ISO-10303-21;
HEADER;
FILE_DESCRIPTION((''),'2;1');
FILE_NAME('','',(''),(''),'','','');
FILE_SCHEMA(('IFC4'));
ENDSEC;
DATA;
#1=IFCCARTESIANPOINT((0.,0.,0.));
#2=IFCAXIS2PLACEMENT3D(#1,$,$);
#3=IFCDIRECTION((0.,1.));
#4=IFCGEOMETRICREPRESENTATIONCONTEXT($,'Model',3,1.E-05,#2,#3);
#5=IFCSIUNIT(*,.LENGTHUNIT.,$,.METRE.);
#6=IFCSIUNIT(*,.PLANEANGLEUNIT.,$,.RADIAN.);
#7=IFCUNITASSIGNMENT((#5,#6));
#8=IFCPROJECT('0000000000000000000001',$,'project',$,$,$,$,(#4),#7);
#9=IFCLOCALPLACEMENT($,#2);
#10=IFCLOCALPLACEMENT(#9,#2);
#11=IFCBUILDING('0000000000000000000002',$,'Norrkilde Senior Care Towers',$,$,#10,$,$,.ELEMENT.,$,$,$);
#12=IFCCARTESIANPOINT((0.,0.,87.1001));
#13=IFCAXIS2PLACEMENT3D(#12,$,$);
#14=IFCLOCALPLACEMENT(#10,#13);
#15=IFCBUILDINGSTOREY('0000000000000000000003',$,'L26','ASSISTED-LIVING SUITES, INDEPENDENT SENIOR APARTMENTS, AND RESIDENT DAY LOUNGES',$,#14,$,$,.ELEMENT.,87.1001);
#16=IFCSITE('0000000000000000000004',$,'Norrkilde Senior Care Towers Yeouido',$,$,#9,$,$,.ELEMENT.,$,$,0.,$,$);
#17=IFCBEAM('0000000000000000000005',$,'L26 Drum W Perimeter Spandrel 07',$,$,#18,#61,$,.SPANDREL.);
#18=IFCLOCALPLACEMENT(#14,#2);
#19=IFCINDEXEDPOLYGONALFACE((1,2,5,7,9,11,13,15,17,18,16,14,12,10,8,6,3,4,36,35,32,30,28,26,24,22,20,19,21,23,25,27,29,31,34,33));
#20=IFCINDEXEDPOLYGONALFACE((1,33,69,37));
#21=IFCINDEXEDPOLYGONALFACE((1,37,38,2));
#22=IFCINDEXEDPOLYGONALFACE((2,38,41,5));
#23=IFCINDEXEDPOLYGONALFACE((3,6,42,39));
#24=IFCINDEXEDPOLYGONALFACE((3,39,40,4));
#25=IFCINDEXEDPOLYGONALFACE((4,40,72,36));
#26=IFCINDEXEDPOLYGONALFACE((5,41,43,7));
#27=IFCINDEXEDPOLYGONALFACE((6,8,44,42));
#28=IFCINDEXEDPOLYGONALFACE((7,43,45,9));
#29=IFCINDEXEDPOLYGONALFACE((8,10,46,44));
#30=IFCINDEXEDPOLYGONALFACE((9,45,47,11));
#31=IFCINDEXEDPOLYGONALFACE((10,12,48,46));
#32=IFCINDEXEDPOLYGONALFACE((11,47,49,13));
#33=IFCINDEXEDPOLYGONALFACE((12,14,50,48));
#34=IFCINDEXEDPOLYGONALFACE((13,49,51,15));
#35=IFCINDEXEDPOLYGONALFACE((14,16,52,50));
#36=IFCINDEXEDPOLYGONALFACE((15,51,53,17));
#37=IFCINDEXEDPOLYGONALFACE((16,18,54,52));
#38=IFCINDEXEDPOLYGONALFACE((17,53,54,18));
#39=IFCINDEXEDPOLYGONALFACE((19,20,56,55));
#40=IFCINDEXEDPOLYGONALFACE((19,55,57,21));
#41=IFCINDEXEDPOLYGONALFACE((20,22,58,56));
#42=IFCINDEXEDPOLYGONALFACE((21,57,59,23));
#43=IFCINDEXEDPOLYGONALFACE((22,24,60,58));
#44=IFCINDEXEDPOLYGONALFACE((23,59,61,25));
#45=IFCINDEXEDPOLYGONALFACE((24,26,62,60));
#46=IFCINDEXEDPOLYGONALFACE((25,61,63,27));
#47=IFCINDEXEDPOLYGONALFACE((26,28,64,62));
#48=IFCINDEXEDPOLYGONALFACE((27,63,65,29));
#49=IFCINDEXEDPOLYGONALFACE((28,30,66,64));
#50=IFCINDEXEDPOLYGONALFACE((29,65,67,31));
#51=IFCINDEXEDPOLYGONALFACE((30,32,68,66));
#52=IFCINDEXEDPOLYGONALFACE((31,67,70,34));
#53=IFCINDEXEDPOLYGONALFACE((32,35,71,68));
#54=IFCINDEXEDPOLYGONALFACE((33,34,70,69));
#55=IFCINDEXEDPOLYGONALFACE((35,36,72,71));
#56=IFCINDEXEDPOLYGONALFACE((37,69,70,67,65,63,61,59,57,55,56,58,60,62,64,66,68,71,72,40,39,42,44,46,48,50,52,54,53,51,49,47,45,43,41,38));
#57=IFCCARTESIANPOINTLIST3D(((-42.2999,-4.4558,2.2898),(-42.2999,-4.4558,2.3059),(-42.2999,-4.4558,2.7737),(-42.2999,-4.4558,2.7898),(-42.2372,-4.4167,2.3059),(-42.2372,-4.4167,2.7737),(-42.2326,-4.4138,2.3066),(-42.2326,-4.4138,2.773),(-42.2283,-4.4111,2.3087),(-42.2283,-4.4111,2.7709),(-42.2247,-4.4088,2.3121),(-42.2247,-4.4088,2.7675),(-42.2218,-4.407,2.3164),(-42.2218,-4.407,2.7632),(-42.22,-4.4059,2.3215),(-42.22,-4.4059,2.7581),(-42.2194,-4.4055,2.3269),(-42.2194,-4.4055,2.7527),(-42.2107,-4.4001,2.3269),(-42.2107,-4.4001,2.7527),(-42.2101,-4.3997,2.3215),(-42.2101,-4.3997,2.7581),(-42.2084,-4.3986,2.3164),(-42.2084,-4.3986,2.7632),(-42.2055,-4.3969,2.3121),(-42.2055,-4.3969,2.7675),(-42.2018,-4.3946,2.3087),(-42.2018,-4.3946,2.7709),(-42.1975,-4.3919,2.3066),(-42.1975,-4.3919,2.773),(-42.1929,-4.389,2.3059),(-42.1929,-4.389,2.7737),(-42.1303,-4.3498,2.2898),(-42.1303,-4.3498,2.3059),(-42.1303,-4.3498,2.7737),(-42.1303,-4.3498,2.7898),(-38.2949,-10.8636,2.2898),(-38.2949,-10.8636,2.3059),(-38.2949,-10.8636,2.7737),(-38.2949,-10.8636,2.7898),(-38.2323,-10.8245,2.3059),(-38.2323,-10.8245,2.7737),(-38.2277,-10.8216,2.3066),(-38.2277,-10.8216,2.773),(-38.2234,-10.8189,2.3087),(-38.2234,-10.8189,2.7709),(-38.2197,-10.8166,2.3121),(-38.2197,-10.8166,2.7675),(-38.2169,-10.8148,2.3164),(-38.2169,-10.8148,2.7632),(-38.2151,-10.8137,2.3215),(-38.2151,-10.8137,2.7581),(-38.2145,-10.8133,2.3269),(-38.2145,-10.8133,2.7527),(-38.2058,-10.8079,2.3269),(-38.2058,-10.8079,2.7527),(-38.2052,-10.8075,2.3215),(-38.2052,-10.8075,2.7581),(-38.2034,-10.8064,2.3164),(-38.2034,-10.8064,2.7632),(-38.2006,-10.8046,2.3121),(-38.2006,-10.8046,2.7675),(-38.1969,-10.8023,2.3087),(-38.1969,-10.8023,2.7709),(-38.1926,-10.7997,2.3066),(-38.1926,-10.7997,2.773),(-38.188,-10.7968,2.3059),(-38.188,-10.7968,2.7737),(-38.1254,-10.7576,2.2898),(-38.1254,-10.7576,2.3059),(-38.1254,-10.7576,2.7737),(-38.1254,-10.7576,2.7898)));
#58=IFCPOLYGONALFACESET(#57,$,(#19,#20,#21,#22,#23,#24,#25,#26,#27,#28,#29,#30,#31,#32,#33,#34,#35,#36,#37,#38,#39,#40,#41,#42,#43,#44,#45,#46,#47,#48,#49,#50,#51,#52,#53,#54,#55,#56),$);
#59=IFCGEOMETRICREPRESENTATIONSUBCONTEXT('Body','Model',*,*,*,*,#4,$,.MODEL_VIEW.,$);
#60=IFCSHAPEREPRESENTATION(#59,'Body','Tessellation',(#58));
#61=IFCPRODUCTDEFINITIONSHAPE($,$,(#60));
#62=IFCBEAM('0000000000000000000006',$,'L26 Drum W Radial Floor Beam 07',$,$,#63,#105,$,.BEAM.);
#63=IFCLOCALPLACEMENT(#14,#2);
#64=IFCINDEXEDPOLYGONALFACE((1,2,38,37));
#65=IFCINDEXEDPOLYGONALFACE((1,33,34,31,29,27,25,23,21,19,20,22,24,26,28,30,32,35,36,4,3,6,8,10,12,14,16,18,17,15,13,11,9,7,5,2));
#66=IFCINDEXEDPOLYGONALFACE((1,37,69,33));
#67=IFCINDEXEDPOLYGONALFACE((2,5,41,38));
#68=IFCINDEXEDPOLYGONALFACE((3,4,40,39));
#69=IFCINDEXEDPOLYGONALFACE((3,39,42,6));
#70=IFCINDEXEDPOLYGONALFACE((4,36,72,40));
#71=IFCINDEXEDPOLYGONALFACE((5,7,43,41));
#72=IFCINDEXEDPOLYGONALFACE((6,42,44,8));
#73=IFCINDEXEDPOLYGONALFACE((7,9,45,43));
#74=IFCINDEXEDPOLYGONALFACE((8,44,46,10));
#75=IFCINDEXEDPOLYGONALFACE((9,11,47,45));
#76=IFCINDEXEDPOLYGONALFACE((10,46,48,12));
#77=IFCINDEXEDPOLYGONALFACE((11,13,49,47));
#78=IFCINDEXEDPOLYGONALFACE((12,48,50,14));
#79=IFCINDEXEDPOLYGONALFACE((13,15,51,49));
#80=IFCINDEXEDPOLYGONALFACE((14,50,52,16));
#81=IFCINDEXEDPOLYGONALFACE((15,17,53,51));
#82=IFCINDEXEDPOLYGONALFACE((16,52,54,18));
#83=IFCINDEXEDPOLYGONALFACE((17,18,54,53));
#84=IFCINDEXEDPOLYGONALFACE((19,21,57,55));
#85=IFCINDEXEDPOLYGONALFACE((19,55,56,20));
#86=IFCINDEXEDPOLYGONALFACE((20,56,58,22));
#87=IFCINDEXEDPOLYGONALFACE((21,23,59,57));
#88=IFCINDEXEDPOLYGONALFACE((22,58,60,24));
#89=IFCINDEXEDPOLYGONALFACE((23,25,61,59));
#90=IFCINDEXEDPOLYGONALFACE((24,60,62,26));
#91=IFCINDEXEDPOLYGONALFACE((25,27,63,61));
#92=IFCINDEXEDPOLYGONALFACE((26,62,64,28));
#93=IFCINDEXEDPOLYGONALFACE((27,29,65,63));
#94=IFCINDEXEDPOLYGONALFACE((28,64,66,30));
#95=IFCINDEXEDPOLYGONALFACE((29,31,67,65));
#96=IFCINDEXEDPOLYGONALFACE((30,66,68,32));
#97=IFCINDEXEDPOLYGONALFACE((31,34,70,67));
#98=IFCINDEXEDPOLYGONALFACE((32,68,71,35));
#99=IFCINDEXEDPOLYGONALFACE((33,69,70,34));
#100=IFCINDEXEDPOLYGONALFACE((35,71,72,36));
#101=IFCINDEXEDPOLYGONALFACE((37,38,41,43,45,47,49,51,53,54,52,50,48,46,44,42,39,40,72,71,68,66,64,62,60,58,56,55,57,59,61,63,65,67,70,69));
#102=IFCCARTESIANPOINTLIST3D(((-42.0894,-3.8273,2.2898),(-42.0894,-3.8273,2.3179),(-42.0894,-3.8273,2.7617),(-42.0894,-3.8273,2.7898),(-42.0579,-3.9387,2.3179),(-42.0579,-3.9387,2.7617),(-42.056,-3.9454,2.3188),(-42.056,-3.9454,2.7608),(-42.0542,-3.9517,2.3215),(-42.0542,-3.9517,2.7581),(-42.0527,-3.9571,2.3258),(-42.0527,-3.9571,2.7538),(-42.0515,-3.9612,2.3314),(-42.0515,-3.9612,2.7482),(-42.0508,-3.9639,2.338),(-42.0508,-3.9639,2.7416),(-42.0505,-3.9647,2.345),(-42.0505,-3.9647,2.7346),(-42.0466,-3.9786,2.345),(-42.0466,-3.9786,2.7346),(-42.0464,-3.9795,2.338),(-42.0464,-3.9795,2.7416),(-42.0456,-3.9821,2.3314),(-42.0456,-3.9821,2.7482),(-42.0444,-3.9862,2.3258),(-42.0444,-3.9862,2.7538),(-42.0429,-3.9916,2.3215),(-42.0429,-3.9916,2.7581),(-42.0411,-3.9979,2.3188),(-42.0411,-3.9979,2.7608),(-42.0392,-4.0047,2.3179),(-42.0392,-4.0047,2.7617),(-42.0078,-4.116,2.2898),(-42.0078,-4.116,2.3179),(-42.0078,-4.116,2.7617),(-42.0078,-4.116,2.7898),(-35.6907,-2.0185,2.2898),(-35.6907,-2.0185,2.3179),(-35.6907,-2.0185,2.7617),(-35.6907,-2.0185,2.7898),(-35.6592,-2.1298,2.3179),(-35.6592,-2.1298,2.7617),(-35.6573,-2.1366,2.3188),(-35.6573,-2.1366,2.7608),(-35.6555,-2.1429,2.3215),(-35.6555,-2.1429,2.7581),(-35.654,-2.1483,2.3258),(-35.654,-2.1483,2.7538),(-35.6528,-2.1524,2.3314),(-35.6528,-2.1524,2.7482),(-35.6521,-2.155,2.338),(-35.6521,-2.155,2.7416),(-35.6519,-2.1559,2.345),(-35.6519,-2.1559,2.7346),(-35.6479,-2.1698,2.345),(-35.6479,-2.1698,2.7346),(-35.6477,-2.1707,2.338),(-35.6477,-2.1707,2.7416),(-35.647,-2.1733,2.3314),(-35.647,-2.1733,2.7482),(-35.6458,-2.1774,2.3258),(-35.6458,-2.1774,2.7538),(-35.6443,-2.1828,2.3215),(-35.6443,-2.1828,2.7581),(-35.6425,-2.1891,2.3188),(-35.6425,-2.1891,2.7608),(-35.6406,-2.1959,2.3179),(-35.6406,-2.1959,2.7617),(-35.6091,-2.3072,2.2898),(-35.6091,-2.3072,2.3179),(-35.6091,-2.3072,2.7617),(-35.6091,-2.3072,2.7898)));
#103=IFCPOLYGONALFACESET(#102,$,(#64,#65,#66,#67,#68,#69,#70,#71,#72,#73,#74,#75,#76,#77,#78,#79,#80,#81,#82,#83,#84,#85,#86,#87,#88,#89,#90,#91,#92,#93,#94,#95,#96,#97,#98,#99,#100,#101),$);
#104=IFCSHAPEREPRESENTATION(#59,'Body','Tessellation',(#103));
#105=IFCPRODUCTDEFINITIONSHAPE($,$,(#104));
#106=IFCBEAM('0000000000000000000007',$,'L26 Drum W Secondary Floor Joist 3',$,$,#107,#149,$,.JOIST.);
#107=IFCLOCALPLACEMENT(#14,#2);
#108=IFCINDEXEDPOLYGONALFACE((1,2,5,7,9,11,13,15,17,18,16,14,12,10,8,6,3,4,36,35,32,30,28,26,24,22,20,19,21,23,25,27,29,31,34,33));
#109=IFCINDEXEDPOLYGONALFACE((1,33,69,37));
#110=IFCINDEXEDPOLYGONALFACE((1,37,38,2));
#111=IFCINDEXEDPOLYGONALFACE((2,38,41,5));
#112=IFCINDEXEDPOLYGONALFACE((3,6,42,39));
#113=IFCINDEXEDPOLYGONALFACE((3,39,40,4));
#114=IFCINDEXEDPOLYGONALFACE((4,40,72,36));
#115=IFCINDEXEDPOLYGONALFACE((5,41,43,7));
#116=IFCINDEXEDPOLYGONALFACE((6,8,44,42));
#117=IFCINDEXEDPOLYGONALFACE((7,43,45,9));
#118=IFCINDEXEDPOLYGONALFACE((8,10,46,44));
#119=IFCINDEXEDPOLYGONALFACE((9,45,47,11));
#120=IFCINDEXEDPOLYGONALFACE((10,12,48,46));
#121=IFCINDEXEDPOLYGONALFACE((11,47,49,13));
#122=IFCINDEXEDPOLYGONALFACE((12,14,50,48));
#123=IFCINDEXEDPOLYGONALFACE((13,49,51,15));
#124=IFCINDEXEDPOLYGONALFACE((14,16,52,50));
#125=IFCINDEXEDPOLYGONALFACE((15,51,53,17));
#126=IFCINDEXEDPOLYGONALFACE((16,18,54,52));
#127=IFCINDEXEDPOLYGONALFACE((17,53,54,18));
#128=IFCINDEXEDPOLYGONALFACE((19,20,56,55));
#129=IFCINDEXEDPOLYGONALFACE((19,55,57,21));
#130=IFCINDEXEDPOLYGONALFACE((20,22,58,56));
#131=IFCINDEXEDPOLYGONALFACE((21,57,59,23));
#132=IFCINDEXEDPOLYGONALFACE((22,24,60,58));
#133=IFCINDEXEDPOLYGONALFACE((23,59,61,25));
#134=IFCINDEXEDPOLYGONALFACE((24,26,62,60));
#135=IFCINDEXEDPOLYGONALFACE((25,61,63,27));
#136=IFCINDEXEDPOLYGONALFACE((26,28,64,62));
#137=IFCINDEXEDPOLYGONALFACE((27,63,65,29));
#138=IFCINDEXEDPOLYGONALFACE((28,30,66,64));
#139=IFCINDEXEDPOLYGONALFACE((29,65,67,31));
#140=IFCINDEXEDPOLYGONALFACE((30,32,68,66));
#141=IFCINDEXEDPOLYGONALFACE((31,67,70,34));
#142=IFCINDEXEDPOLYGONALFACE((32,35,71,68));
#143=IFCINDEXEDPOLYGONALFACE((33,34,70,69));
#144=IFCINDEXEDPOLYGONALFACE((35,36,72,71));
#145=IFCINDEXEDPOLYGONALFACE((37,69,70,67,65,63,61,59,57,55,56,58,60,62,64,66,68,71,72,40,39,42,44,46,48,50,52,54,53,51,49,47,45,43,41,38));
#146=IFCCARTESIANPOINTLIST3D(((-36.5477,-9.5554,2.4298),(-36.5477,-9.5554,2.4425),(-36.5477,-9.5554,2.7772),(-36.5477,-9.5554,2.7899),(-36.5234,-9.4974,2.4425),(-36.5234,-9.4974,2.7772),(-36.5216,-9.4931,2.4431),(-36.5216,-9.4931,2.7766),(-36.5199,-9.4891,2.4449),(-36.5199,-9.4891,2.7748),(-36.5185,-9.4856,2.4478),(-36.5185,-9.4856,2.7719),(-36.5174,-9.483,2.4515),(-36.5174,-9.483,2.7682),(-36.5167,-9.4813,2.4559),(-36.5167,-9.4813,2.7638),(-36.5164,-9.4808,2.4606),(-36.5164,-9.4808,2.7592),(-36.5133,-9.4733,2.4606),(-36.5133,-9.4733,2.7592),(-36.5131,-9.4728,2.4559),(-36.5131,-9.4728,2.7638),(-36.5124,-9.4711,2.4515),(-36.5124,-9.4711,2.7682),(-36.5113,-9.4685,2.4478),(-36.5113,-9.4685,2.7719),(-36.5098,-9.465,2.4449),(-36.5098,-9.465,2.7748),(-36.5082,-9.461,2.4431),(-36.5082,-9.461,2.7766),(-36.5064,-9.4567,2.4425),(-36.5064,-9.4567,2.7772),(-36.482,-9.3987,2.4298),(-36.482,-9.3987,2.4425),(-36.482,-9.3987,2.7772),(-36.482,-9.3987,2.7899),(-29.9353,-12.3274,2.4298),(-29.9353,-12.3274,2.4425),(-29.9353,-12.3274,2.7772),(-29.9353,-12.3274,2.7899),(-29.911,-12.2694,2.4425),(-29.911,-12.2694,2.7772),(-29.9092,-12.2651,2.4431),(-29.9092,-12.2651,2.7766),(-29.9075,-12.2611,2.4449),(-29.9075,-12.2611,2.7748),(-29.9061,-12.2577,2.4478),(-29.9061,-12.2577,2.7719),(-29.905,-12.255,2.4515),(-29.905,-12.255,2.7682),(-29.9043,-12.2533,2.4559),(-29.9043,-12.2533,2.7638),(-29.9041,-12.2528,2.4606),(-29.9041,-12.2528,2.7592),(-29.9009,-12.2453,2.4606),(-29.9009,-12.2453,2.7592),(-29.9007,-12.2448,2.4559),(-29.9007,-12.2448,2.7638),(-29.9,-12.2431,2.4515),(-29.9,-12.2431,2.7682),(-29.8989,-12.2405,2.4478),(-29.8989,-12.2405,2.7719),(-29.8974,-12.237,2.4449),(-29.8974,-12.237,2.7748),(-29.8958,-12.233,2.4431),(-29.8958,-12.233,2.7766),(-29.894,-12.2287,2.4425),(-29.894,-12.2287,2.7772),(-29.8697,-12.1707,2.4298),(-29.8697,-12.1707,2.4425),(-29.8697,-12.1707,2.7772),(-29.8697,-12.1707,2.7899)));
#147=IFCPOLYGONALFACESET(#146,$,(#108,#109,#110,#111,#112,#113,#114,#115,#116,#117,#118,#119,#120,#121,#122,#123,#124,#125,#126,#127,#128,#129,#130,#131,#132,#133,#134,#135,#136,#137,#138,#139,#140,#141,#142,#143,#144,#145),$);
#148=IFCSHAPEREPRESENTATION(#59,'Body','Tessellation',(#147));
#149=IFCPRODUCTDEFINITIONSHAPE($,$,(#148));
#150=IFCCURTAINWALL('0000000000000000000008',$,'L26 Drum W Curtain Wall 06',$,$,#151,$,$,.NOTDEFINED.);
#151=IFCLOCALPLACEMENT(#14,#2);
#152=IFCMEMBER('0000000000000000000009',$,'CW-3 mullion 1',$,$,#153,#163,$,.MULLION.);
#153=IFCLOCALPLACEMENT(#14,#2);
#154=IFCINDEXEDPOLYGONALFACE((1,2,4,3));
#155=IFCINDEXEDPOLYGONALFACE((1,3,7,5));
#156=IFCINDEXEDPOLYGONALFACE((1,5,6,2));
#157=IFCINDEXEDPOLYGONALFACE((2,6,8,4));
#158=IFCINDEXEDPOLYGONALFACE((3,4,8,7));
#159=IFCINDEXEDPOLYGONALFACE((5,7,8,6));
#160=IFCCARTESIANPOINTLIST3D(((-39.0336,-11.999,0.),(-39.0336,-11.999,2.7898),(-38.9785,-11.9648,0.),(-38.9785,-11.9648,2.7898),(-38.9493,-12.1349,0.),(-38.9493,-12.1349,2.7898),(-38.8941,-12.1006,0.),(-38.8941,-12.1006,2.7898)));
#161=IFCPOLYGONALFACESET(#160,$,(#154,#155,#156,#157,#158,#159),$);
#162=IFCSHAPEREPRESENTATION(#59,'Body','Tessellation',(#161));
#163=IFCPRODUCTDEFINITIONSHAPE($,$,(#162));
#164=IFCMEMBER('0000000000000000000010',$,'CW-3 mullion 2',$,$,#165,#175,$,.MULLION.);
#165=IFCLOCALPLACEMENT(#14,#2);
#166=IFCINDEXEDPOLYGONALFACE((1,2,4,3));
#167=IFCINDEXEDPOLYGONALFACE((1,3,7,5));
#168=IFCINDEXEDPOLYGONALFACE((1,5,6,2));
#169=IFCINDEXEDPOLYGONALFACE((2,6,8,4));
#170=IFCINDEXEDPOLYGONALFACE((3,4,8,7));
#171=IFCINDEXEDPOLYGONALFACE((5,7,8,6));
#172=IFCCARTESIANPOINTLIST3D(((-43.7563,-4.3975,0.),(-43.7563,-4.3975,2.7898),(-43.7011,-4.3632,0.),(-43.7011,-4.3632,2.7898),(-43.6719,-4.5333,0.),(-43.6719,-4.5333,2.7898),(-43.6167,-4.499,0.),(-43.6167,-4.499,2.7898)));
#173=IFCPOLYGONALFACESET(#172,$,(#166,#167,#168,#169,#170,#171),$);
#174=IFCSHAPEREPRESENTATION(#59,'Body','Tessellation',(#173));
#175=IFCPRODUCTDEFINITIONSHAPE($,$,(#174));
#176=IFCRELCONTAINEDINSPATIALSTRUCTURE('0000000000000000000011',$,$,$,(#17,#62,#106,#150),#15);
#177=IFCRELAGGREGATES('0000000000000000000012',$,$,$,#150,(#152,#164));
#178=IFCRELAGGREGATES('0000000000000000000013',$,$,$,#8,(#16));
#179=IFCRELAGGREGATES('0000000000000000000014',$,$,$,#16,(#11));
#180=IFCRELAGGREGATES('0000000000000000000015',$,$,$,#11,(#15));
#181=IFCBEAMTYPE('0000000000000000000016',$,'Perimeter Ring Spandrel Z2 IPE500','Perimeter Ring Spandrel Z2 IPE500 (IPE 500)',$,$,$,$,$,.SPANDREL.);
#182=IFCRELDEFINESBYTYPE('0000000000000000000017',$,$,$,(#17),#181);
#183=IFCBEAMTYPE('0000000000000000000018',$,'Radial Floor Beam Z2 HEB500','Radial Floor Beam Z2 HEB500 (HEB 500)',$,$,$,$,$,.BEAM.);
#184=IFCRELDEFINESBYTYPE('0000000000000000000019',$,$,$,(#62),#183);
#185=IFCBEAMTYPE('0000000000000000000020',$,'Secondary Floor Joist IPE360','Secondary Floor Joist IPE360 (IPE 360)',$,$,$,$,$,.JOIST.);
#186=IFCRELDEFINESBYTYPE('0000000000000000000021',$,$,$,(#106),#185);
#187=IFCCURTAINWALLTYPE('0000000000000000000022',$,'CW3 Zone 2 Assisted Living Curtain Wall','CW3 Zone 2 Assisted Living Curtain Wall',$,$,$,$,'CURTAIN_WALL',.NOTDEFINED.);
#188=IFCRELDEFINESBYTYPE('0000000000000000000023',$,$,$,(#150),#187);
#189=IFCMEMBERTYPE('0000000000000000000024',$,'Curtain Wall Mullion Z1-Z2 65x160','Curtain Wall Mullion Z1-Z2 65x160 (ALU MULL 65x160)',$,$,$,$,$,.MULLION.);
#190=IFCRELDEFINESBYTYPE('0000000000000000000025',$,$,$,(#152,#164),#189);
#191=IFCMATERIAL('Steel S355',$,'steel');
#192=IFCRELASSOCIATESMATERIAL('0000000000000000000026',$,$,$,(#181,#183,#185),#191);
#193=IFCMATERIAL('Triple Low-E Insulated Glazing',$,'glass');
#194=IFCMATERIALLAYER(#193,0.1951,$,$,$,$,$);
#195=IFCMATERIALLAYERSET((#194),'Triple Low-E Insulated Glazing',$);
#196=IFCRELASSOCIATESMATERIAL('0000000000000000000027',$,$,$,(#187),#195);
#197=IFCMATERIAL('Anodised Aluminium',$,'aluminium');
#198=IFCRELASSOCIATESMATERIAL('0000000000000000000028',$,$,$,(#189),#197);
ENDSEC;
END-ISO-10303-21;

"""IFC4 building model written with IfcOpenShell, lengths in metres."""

from ifc_helpers import new_model, si_unit, direction, frame, origin, origin_2d, place, context, subcontext, project, spatial, rectangle, i_section, extrude, source, transform, mapped, material, layer, layer_set, material_profile, profile_set, type_object, type_shapes, element, aggregate, save


model = new_model("IFC4")

# Units and contexts
model_context = context("Model", 3, precision=1e-05, world=origin(), true_north=direction((0.0, 1.0)))
body_context = subcontext(model_context, "Body", "Model", "MODEL_VIEW")
ifc_project = project(units=[si_unit("LENGTHUNIT", "METRE"), si_unit("PLANEANGLEUNIT", "RADIAN")], contexts=[model_context])

# Site, building, storey
site_placement = place(None, origin())
site = spatial("IfcSite", under=ifc_project, at=site_placement, Name="Norrkilde Senior Care Towers Yeouido", CompositionType="ELEMENT", RefElevation=0.0)
building_placement = place(site_placement, origin())
building = spatial("IfcBuilding", under=site, at=building_placement, Name="Norrkilde Senior Care Towers", CompositionType="ELEMENT")
storey_placement = place(building_placement, frame((0.0, 0.0, 87.1001)))
storey = spatial("IfcBuildingStorey", under=building, at=storey_placement, Name="L26", Description="ASSISTED-LIVING SUITES, INDEPENDENT SENIOR APARTMENTS, AND RESIDENT DAY LOUNGES", CompositionType="ELEMENT", Elevation=87.1001)

# Beams
ifc_material_1 = material(Name="Steel S355", Category="steel")
ifc_material_profile_1 = material_profile(ifc_material_1, i_section(OverallWidth=0.2, OverallDepth=0.5, WebThickness=0.0103, FlangeThickness=0.0161, FilletRadius=0.021, at=origin_2d()), Name="IPE 500")
ifc_profile_set_1 = profile_set([ifc_material_profile_1], Name="Steel S355")
beam_type_1 = type_object("IfcBeamType", Name="Perimeter Ring Spandrel Z2 IPE500", Description="Perimeter Ring Spandrel Z2 IPE500 (IPE 500)", PredefinedType="SPANDREL", material=ifc_profile_set_1)
shared_shape_1 = source(origin(), body_context, "Body", "SweptSolid", [
    extrude(i_section(OverallWidth=0.2, OverallDepth=0.5, WebThickness=0.0103, FlangeThickness=0.0161, FilletRadius=0.021, at=origin_2d()), origin(), (0.0, 0.0, 1.0), 7.5564),
])
beam_1_placement = place(storey_placement, frame((-42.2151, -4.4028, 2.5398), z_axis=(0.530005, -0.847995, 0.0), x_axis=(0.847995, 0.530005, 0.0)))
element("IfcBeam", 1, at=beam_1_placement, inside=storey, type_object=beam_type_1, Name="L26 Drum W Perimeter Spandrel 07", PredefinedType="SPANDREL", context=body_context, shape_type="MappedRepresentation", body=[
    mapped(shared_shape_1, transform((0.0, 0.0, 0.0), x_axis=(1.0, 0.0, 0.0), y_axis=(0.0, 1.0, 0.0), z_axis=(0.0, 0.0, 1.0), scale=1.0)),
])
ifc_material_profile_2 = material_profile(ifc_material_1, i_section(OverallWidth=0.3, OverallDepth=0.5, WebThickness=0.0144, FlangeThickness=0.0281, FilletRadius=0.0271, at=origin_2d()), Name="HEB 500")
ifc_profile_set_2 = profile_set([ifc_material_profile_2], Name="Steel S355")
beam_type_2 = type_object("IfcBeamType", Name="Radial Floor Beam Z2 HEB500", Description="Radial Floor Beam Z2 HEB500 (HEB 500)", PredefinedType="BEAM", material=ifc_profile_set_2)
shared_shape_2 = source(origin(), body_context, "Body", "SweptSolid", [
    extrude(i_section(OverallWidth=0.3, OverallDepth=0.5, WebThickness=0.0144, FlangeThickness=0.0281, FilletRadius=0.0271, at=origin_2d()), origin(), (0.0, 0.0, 1.0), 6.6494),
])
type_shapes(beam_type_2, [shared_shape_2])
beam_2_placement = place(storey_placement, frame((-35.6499, -2.1628, 2.5398), z_axis=(-0.962289, -0.272029, 0.0), x_axis=(0.272029, -0.962289, 0.0)))
element("IfcBeam", 2, at=beam_2_placement, inside=storey, type_object=beam_type_2, Name="L26 Drum W Radial Floor Beam 07", PredefinedType="BEAM", context=body_context, shape_type="MappedRepresentation", body=[
    mapped(shared_shape_2, transform((0.0, 0.0, 0.0), x_axis=(1.0, 0.0, 0.0), y_axis=(0.0, 1.0, 0.0), z_axis=(0.0, 0.0, 1.0), scale=1.0)),
])
ifc_material_profile_3 = material_profile(ifc_material_1, i_section(OverallWidth=0.1699, OverallDepth=0.3601, WebThickness=0.0081, FlangeThickness=0.0127, FilletRadius=0.0181, at=origin_2d()), Name="IPE 360")
ifc_profile_set_3 = profile_set([ifc_material_profile_3], Name="Steel S355")
beam_type_3 = type_object("IfcBeamType", Name="Secondary Floor Joist IPE360", Description="Secondary Floor Joist IPE360 (IPE 360)", PredefinedType="JOIST", material=ifc_profile_set_3)
shared_shape_3 = source(origin(), body_context, "Body", "SweptSolid", [
    extrude(i_section(OverallWidth=0.1699, OverallDepth=0.3601, WebThickness=0.0081, FlangeThickness=0.0127, FilletRadius=0.0181, at=origin_2d()), origin(), (0.0, 0.0, 1.0), 7.1699),
])
type_shapes(beam_type_3, [shared_shape_3])
beam_3_placement = place(storey_placement, frame((-36.5149, -9.4771, 2.6099), z_axis=(0.922241, -0.386616, 0.0), x_axis=(0.386616, 0.922241, 0.0)))
element("IfcBeam", 3, at=beam_3_placement, inside=storey, type_object=beam_type_3, Name="L26 Drum W Secondary Floor Joist 3", PredefinedType="JOIST", context=body_context, shape_type="MappedRepresentation", body=[
    mapped(shared_shape_3, transform((0.0, 0.0, 0.0), x_axis=(1.0, 0.0, 0.0), y_axis=(0.0, 1.0, 0.0), z_axis=(0.0, 0.0, 1.0), scale=1.0)),
])

# Curtain wall, members
ifc_material_2 = material(Name="Triple Low-E Insulated Glazing", Category="glass")
ifc_layer_1 = layer(ifc_material_2, 0.1951)
ifc_layer_set_1 = layer_set([ifc_layer_1], Name="Triple Low-E Insulated Glazing")
curtain_wall_type = type_object("IfcCurtainWallType", Name="CW3 Zone 2 Assisted Living Curtain Wall", Description="CW3 Zone 2 Assisted Living Curtain Wall", ElementType="CURTAIN_WALL", PredefinedType="NOTDEFINED", material=ifc_layer_set_1)
curtain_wall_1_placement = place(storey_placement, origin())
curtain_wall_1 = element("IfcCurtainWall", 4, at=curtain_wall_1_placement, inside=storey, type_object=curtain_wall_type, Name="L26 Drum W Curtain Wall 06", PredefinedType="NOTDEFINED")
ifc_material_3 = material(Name="Anodised Aluminium", Category="aluminium")
ifc_material_profile_4 = material_profile(ifc_material_3, rectangle(XDim=0.0649, YDim=0.1599, at=origin_2d()), Name="ALU MULL 65x160")
ifc_profile_set_4 = profile_set([ifc_material_profile_4], Name="Anodised Aluminium")
member_type_1 = type_object("IfcMemberType", Name="Curtain Wall Mullion Z1-Z2 65x160", Description="Curtain Wall Mullion Z1-Z2 65x160 (ALU MULL 65x160)", PredefinedType="MULLION", material=ifc_profile_set_4)
shared_shape_4 = source(origin(), body_context, "Body", "SweptSolid", [
    extrude(rectangle(XDim=0.0649, YDim=0.1599, at=origin_2d()), origin(), (0.0, 0.0, 1.0), 2.7898),
])
type_shapes(member_type_1, [shared_shape_4])
member_1_placement = place(storey_placement, frame((-38.9639, -12.0498, 0.0), z_axis=(0.0, 0.0, 1.0), x_axis=(-0.84941, -0.527733, 0.0)))
member_1 = element("IfcMember", 5, at=member_1_placement, type_object=member_type_1, Name="CW-3 mullion 1", PredefinedType="MULLION", context=body_context, shape_type="MappedRepresentation", body=[
    mapped(shared_shape_4, transform((0.0, 0.0, 0.0), x_axis=(1.0, 0.0, 0.0), y_axis=(0.0, 1.0, 0.0), z_axis=(0.0, 0.0, 1.0), scale=1.0)),
])
member_2_placement = place(storey_placement, frame((-43.6865, -4.4482, 0.0), z_axis=(0.0, 0.0, 1.0), x_axis=(-0.84941, -0.527733, 0.0)))
member_2 = element("IfcMember", 6, at=member_2_placement, type_object=member_type_1, Name="CW-3 mullion 2", PredefinedType="MULLION", context=body_context, shape_type="MappedRepresentation", body=[
    mapped(shared_shape_4, transform((0.0, 0.0, 0.0), x_axis=(1.0, 0.0, 0.0), y_axis=(0.0, 1.0, 0.0), z_axis=(0.0, 0.0, 1.0), scale=1.0)),
])

aggregate(curtain_wall_1, [member_1, member_2])

save(model, "model.ifc")
